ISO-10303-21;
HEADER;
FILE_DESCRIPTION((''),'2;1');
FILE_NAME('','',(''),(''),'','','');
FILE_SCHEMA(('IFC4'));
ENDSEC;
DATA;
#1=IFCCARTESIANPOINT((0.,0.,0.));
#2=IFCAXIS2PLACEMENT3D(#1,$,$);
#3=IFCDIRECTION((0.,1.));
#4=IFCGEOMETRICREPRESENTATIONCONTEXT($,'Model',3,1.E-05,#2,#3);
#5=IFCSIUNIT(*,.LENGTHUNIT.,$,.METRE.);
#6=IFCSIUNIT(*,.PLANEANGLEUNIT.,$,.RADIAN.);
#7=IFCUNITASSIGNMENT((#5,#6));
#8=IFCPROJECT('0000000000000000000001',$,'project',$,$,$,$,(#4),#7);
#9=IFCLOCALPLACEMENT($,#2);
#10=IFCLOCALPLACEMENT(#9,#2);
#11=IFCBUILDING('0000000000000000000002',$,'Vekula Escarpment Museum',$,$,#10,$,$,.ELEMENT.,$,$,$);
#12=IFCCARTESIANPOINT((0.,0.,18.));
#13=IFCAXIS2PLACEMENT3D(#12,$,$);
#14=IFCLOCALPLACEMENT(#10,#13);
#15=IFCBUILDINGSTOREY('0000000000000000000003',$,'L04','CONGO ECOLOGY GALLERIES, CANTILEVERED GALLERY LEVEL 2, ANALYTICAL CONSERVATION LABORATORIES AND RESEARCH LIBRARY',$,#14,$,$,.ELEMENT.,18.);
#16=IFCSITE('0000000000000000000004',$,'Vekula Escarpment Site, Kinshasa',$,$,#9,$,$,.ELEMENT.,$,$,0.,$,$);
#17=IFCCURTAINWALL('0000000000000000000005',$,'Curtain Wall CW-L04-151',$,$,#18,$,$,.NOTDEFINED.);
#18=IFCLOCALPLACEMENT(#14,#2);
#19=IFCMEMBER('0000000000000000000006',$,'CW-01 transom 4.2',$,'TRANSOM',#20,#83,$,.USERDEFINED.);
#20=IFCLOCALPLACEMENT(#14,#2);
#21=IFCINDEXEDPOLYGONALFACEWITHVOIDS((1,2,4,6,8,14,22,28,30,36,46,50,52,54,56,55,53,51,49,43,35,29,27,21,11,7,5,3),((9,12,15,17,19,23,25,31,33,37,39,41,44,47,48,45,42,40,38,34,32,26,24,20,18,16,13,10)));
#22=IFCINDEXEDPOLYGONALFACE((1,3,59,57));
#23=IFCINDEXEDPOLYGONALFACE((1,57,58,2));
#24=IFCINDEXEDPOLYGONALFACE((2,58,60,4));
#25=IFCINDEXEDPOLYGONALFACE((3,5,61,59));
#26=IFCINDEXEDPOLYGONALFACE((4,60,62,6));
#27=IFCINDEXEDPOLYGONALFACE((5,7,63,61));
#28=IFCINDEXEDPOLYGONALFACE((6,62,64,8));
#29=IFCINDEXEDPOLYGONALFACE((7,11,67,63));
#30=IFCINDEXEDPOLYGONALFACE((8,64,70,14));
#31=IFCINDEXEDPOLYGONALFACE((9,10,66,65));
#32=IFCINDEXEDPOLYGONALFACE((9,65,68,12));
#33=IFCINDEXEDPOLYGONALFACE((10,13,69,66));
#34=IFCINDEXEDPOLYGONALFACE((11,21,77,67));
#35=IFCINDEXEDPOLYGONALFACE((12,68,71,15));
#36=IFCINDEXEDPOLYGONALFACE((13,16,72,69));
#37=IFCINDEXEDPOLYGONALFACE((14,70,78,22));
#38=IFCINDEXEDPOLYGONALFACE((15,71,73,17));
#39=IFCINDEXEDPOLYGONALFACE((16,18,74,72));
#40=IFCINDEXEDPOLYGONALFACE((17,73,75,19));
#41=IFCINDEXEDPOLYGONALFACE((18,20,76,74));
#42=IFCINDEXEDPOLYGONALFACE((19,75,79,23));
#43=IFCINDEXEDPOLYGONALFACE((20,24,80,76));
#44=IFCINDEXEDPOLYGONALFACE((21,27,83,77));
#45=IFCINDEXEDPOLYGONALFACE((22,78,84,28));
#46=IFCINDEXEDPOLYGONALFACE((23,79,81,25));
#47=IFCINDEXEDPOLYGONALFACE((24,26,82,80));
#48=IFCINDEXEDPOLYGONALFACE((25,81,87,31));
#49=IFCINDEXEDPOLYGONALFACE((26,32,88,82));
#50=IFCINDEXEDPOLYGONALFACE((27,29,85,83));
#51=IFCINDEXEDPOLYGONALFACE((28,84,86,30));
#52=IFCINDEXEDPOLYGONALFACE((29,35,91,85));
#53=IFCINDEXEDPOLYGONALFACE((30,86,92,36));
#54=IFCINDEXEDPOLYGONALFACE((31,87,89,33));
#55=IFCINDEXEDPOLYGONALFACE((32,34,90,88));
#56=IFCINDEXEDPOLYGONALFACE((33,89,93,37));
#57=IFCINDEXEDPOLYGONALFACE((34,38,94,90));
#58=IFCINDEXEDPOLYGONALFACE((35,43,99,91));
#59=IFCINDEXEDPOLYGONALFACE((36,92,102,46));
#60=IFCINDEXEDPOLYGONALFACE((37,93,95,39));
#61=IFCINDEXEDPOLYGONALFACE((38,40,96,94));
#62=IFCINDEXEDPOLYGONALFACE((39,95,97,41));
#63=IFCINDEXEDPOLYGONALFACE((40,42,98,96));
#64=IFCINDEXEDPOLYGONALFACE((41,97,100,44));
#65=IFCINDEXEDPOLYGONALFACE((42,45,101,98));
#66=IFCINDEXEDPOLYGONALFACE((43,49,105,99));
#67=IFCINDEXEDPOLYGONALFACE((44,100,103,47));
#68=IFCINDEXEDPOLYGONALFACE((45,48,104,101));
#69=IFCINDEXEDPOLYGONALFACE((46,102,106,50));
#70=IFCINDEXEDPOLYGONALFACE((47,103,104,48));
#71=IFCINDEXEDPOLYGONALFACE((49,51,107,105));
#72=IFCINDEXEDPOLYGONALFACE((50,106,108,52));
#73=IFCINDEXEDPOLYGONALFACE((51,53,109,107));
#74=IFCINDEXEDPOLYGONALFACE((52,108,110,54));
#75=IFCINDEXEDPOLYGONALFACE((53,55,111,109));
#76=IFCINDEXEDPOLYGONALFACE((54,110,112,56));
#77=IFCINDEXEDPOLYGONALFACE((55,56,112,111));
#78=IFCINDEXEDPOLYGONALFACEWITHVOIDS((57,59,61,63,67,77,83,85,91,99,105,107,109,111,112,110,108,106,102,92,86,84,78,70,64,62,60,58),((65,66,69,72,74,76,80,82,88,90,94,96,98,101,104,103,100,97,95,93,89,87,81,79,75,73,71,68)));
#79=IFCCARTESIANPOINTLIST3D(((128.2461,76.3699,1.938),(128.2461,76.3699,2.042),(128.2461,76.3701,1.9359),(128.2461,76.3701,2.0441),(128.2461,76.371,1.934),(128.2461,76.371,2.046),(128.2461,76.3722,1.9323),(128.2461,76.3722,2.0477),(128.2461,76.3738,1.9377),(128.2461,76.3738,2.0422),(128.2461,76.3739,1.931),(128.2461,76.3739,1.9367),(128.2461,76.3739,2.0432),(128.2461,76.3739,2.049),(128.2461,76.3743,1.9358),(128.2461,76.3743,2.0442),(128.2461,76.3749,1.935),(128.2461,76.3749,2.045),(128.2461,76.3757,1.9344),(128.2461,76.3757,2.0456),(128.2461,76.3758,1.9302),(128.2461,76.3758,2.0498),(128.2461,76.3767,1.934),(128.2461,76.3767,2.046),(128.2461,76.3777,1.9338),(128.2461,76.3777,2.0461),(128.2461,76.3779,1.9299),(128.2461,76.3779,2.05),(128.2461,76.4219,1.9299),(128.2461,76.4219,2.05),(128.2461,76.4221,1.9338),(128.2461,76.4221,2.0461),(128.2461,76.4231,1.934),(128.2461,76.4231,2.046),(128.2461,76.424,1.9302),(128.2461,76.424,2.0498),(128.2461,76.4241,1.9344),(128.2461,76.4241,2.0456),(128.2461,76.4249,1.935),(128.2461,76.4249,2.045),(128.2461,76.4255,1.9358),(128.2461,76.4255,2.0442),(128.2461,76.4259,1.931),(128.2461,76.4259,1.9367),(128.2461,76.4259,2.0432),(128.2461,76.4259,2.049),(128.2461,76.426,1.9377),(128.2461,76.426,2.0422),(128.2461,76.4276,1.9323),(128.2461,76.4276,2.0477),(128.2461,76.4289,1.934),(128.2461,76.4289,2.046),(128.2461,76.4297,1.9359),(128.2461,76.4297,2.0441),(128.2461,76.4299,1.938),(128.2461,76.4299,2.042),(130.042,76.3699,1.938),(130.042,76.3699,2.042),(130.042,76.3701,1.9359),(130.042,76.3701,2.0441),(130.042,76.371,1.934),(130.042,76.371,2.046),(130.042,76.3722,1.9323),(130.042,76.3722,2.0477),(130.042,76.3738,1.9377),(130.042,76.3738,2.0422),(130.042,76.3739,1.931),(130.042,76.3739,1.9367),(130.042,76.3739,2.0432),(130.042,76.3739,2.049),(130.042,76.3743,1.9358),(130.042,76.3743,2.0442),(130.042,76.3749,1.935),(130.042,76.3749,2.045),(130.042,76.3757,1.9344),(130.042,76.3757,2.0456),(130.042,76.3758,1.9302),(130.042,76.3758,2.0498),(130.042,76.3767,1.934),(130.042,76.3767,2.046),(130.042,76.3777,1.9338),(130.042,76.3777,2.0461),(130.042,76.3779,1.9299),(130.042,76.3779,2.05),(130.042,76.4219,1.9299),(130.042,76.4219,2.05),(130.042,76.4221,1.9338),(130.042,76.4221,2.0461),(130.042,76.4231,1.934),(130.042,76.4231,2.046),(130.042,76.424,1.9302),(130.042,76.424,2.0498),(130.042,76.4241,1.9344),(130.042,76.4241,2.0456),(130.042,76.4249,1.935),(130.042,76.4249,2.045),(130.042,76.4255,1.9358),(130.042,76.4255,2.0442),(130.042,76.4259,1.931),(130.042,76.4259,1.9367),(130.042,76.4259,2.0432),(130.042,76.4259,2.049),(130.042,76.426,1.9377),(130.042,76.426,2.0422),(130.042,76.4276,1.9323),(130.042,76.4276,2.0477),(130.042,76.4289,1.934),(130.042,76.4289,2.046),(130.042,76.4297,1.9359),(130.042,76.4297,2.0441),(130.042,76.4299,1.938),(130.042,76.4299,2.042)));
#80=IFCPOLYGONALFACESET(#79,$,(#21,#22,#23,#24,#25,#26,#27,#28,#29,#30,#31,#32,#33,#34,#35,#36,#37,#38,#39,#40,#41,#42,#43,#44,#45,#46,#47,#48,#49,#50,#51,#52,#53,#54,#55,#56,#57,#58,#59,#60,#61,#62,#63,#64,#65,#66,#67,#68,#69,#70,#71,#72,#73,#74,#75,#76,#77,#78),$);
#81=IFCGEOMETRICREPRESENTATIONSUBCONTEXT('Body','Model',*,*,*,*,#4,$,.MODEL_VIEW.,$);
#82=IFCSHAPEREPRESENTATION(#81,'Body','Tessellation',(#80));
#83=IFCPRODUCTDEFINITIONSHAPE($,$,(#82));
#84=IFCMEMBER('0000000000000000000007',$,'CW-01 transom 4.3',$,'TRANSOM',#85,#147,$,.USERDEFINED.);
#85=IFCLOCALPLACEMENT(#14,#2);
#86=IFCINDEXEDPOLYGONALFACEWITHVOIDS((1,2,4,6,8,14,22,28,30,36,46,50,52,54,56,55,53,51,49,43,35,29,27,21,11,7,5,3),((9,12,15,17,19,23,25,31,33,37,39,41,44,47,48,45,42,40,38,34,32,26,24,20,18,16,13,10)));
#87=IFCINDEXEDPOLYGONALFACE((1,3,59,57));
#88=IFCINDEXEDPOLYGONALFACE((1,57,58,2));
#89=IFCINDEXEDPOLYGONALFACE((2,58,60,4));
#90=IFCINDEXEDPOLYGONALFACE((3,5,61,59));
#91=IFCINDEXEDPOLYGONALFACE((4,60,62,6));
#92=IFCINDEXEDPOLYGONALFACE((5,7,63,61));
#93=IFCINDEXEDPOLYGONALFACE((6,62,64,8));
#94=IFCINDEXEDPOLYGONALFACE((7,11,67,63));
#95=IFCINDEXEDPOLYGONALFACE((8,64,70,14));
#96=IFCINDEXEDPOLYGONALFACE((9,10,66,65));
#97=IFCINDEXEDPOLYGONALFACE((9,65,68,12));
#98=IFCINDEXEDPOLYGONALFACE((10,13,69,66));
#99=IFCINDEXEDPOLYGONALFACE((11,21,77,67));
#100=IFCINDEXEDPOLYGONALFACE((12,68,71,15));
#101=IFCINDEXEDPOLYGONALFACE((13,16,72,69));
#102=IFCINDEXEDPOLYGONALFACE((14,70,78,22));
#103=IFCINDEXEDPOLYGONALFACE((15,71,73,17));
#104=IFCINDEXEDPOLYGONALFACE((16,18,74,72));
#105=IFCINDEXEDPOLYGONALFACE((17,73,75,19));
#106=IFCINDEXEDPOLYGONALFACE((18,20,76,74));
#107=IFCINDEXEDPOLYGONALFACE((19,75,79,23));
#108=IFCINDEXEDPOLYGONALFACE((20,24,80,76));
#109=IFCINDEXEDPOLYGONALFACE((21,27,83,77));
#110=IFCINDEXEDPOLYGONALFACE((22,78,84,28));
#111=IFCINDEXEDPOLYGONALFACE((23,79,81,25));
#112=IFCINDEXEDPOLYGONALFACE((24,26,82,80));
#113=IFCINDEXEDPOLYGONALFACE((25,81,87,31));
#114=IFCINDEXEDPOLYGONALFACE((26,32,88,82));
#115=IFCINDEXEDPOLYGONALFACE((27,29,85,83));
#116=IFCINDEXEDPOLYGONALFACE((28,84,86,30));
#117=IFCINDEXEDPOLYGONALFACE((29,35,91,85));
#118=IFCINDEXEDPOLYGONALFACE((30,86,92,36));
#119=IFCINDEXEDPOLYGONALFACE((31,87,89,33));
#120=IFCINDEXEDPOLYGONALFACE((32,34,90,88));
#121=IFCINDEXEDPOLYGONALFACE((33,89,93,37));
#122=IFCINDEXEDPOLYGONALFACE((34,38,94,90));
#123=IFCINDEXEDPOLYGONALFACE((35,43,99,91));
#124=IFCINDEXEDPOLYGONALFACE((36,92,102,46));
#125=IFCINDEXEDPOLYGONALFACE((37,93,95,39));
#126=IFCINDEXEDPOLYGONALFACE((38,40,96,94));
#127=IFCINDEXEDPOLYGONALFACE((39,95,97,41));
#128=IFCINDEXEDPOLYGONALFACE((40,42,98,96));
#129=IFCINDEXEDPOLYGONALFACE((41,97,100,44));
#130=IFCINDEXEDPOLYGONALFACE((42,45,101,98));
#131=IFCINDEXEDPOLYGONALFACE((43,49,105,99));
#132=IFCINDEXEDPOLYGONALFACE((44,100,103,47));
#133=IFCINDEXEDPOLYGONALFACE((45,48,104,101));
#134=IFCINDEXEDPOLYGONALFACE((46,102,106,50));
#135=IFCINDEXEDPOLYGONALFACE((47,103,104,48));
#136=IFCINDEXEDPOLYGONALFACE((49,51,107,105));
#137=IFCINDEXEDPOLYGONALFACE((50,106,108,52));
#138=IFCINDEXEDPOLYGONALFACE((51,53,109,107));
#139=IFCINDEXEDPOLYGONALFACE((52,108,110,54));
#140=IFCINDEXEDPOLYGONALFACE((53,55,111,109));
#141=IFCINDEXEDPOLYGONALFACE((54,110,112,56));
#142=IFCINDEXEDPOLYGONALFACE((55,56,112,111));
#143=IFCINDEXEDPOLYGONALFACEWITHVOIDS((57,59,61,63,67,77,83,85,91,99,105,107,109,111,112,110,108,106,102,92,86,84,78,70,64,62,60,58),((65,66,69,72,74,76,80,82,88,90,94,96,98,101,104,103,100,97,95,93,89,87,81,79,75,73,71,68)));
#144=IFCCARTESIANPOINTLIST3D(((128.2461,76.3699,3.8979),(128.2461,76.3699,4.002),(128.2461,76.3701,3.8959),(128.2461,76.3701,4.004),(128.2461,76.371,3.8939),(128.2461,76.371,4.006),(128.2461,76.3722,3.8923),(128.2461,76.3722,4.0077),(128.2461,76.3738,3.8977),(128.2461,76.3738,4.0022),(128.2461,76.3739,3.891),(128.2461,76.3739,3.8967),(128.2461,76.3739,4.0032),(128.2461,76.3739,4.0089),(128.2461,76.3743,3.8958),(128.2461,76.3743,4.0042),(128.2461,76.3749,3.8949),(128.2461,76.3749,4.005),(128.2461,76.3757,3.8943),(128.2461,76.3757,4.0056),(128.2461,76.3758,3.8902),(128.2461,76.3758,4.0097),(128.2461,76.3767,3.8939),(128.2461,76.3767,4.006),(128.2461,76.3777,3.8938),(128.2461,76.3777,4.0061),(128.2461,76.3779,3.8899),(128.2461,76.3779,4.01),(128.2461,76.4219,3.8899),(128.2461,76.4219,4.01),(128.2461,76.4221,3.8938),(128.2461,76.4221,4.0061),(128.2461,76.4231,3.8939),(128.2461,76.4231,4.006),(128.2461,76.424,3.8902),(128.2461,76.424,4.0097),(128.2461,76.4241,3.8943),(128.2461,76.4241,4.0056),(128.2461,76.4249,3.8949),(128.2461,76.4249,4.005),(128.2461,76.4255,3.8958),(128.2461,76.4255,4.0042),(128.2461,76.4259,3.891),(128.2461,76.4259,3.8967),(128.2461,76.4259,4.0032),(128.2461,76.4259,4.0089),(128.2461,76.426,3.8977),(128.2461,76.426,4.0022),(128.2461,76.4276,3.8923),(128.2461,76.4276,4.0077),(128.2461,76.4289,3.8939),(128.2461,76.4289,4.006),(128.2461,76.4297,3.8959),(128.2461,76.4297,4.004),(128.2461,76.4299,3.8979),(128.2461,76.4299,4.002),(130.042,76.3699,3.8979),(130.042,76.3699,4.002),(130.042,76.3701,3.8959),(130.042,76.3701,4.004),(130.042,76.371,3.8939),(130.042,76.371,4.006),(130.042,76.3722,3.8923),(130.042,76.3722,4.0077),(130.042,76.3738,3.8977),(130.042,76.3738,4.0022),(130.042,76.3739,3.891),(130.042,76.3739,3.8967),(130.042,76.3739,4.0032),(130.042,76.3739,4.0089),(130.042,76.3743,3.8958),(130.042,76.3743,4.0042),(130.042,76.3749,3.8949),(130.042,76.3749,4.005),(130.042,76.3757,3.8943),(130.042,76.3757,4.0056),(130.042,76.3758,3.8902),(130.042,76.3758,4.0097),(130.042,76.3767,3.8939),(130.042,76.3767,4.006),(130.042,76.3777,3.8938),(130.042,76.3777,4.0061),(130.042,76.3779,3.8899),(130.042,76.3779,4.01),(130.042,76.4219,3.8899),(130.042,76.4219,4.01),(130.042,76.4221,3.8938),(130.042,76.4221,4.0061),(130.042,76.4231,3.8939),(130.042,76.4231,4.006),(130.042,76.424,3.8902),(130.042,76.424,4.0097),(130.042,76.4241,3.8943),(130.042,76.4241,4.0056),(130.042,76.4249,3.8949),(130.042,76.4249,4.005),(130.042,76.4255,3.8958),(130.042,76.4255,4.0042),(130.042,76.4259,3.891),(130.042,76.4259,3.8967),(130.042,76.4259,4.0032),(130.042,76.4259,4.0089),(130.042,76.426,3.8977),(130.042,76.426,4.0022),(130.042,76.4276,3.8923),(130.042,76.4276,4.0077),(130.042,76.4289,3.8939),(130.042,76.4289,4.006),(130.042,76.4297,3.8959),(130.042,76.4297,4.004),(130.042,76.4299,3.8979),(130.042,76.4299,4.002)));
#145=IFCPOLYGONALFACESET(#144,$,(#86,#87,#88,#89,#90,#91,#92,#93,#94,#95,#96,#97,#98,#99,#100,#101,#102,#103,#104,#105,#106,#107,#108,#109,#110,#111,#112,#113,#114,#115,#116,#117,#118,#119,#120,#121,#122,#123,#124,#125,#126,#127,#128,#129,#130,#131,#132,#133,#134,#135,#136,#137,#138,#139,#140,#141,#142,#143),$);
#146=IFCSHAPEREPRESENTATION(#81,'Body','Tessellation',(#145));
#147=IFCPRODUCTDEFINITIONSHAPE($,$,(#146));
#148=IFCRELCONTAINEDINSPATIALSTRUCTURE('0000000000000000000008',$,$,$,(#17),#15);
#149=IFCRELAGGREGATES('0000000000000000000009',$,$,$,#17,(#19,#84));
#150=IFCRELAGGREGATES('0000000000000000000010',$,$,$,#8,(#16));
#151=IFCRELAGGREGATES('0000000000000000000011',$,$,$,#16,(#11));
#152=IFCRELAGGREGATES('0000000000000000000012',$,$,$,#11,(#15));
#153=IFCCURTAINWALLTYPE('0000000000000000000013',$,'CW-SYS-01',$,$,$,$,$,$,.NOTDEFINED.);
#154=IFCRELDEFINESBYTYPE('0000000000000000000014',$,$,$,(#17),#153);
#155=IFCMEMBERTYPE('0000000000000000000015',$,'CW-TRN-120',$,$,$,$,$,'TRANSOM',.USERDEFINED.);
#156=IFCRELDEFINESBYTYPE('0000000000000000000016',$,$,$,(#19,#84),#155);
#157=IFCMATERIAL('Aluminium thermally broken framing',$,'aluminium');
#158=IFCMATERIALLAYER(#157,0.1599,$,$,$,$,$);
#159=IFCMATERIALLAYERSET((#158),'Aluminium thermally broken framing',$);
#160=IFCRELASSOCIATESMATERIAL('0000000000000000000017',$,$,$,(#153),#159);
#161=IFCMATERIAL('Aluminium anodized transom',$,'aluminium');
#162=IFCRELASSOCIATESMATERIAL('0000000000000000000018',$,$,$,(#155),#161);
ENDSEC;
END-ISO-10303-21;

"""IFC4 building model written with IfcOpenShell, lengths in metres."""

from ifc_helpers import new_model, si_unit, direction, frame, origin, origin_2d, place, context, subcontext, project, spatial, hollow_rectangle, extrude, material, layer, layer_set, material_profile, profile_set, type_object, element, aggregate, save


model = new_model("IFC4")

# Units and contexts
model_context = context("Model", 3, precision=1e-05, world=origin(), true_north=direction((0.0, 1.0)))
body_context = subcontext(model_context, "Body", "Model", "MODEL_VIEW")
ifc_project = project(units=[si_unit("LENGTHUNIT", "METRE"), si_unit("PLANEANGLEUNIT", "RADIAN")], contexts=[model_context])

# Site, building, storey
site_placement = place(None, origin())
site = spatial("IfcSite", under=ifc_project, at=site_placement, Name="Vekula Escarpment Site, Kinshasa", CompositionType="ELEMENT", RefElevation=0.0)
building_placement = place(site_placement, origin())
building = spatial("IfcBuilding", under=site, at=building_placement, Name="Vekula Escarpment Museum", CompositionType="ELEMENT")
storey_placement = place(building_placement, frame((0.0, 0.0, 18.0)))
storey = spatial("IfcBuildingStorey", under=building, at=storey_placement, Name="L04", Description="CONGO ECOLOGY GALLERIES, CANTILEVERED GALLERY LEVEL 2, ANALYTICAL CONSERVATION LABORATORIES AND RESEARCH LIBRARY", CompositionType="ELEMENT", Elevation=18.0)

# Curtain wall, members
ifc_material_1 = material(Name="Aluminium thermally broken framing", Category="aluminium")
ifc_layer_1 = layer(ifc_material_1, 0.1599)
ifc_layer_set_1 = layer_set([ifc_layer_1], Name="Aluminium thermally broken framing")
curtain_wall_type = type_object("IfcCurtainWallType", Name="CW-SYS-01", PredefinedType="NOTDEFINED", material=ifc_layer_set_1)
curtain_wall_placement = place(storey_placement, origin())
curtain_wall = element("IfcCurtainWall", 1, at=curtain_wall_placement, inside=storey, type_object=curtain_wall_type, Name="Curtain Wall CW-L04-151", PredefinedType="NOTDEFINED")
ifc_material_2 = material(Name="Aluminium anodized transom", Category="aluminium")
ifc_material_profile_1 = material_profile(ifc_material_2, hollow_rectangle(XDim=0.0601, YDim=0.1201, WallThickness=0.0039, InnerFilletRadius=0.0039, OuterFilletRadius=0.0081, at=origin_2d()), Name="ALU 120x60x4")
ifc_profile_set_1 = profile_set([ifc_material_profile_1], Name="Aluminium anodized transom")
member_type_1 = type_object("IfcMemberType", Name="CW-TRN-120", ElementType="TRANSOM", PredefinedType="USERDEFINED", material=ifc_profile_set_1)
member_1_placement = place(storey_placement, frame((130.042, 76.3999, 1.99), z_axis=(-1.0, 0.0, 0.0), x_axis=(0.0, -1.0, 0.0)))
member_1 = element("IfcMember", 2, at=member_1_placement, type_object=member_type_1, Name="CW-01 transom 4.2", ObjectType="TRANSOM", PredefinedType="USERDEFINED", context=body_context, shape_type="SweptSolid", body=[
    extrude(hollow_rectangle(XDim=0.0601, YDim=0.1201, WallThickness=0.0039, InnerFilletRadius=0.0039, OuterFilletRadius=0.0081, at=origin_2d()), origin(), (0.0, 0.0, 1.0), 1.7959),
])
member_2_placement = place(storey_placement, frame((130.042, 76.3999, 3.95), z_axis=(-1.0, 0.0, 0.0), x_axis=(0.0, -1.0, 0.0)))
member_2 = element("IfcMember", 3, at=member_2_placement, type_object=member_type_1, Name="CW-01 transom 4.3", ObjectType="TRANSOM", PredefinedType="USERDEFINED", context=body_context, shape_type="SweptSolid", body=[
    extrude(hollow_rectangle(XDim=0.0601, YDim=0.1201, WallThickness=0.0039, InnerFilletRadius=0.0039, OuterFilletRadius=0.0081, at=origin_2d()), origin(), (0.0, 0.0, 1.0), 1.7959),
])
aggregate(curtain_wall, [member_1, member_2])

save(model, "model.ifc")
